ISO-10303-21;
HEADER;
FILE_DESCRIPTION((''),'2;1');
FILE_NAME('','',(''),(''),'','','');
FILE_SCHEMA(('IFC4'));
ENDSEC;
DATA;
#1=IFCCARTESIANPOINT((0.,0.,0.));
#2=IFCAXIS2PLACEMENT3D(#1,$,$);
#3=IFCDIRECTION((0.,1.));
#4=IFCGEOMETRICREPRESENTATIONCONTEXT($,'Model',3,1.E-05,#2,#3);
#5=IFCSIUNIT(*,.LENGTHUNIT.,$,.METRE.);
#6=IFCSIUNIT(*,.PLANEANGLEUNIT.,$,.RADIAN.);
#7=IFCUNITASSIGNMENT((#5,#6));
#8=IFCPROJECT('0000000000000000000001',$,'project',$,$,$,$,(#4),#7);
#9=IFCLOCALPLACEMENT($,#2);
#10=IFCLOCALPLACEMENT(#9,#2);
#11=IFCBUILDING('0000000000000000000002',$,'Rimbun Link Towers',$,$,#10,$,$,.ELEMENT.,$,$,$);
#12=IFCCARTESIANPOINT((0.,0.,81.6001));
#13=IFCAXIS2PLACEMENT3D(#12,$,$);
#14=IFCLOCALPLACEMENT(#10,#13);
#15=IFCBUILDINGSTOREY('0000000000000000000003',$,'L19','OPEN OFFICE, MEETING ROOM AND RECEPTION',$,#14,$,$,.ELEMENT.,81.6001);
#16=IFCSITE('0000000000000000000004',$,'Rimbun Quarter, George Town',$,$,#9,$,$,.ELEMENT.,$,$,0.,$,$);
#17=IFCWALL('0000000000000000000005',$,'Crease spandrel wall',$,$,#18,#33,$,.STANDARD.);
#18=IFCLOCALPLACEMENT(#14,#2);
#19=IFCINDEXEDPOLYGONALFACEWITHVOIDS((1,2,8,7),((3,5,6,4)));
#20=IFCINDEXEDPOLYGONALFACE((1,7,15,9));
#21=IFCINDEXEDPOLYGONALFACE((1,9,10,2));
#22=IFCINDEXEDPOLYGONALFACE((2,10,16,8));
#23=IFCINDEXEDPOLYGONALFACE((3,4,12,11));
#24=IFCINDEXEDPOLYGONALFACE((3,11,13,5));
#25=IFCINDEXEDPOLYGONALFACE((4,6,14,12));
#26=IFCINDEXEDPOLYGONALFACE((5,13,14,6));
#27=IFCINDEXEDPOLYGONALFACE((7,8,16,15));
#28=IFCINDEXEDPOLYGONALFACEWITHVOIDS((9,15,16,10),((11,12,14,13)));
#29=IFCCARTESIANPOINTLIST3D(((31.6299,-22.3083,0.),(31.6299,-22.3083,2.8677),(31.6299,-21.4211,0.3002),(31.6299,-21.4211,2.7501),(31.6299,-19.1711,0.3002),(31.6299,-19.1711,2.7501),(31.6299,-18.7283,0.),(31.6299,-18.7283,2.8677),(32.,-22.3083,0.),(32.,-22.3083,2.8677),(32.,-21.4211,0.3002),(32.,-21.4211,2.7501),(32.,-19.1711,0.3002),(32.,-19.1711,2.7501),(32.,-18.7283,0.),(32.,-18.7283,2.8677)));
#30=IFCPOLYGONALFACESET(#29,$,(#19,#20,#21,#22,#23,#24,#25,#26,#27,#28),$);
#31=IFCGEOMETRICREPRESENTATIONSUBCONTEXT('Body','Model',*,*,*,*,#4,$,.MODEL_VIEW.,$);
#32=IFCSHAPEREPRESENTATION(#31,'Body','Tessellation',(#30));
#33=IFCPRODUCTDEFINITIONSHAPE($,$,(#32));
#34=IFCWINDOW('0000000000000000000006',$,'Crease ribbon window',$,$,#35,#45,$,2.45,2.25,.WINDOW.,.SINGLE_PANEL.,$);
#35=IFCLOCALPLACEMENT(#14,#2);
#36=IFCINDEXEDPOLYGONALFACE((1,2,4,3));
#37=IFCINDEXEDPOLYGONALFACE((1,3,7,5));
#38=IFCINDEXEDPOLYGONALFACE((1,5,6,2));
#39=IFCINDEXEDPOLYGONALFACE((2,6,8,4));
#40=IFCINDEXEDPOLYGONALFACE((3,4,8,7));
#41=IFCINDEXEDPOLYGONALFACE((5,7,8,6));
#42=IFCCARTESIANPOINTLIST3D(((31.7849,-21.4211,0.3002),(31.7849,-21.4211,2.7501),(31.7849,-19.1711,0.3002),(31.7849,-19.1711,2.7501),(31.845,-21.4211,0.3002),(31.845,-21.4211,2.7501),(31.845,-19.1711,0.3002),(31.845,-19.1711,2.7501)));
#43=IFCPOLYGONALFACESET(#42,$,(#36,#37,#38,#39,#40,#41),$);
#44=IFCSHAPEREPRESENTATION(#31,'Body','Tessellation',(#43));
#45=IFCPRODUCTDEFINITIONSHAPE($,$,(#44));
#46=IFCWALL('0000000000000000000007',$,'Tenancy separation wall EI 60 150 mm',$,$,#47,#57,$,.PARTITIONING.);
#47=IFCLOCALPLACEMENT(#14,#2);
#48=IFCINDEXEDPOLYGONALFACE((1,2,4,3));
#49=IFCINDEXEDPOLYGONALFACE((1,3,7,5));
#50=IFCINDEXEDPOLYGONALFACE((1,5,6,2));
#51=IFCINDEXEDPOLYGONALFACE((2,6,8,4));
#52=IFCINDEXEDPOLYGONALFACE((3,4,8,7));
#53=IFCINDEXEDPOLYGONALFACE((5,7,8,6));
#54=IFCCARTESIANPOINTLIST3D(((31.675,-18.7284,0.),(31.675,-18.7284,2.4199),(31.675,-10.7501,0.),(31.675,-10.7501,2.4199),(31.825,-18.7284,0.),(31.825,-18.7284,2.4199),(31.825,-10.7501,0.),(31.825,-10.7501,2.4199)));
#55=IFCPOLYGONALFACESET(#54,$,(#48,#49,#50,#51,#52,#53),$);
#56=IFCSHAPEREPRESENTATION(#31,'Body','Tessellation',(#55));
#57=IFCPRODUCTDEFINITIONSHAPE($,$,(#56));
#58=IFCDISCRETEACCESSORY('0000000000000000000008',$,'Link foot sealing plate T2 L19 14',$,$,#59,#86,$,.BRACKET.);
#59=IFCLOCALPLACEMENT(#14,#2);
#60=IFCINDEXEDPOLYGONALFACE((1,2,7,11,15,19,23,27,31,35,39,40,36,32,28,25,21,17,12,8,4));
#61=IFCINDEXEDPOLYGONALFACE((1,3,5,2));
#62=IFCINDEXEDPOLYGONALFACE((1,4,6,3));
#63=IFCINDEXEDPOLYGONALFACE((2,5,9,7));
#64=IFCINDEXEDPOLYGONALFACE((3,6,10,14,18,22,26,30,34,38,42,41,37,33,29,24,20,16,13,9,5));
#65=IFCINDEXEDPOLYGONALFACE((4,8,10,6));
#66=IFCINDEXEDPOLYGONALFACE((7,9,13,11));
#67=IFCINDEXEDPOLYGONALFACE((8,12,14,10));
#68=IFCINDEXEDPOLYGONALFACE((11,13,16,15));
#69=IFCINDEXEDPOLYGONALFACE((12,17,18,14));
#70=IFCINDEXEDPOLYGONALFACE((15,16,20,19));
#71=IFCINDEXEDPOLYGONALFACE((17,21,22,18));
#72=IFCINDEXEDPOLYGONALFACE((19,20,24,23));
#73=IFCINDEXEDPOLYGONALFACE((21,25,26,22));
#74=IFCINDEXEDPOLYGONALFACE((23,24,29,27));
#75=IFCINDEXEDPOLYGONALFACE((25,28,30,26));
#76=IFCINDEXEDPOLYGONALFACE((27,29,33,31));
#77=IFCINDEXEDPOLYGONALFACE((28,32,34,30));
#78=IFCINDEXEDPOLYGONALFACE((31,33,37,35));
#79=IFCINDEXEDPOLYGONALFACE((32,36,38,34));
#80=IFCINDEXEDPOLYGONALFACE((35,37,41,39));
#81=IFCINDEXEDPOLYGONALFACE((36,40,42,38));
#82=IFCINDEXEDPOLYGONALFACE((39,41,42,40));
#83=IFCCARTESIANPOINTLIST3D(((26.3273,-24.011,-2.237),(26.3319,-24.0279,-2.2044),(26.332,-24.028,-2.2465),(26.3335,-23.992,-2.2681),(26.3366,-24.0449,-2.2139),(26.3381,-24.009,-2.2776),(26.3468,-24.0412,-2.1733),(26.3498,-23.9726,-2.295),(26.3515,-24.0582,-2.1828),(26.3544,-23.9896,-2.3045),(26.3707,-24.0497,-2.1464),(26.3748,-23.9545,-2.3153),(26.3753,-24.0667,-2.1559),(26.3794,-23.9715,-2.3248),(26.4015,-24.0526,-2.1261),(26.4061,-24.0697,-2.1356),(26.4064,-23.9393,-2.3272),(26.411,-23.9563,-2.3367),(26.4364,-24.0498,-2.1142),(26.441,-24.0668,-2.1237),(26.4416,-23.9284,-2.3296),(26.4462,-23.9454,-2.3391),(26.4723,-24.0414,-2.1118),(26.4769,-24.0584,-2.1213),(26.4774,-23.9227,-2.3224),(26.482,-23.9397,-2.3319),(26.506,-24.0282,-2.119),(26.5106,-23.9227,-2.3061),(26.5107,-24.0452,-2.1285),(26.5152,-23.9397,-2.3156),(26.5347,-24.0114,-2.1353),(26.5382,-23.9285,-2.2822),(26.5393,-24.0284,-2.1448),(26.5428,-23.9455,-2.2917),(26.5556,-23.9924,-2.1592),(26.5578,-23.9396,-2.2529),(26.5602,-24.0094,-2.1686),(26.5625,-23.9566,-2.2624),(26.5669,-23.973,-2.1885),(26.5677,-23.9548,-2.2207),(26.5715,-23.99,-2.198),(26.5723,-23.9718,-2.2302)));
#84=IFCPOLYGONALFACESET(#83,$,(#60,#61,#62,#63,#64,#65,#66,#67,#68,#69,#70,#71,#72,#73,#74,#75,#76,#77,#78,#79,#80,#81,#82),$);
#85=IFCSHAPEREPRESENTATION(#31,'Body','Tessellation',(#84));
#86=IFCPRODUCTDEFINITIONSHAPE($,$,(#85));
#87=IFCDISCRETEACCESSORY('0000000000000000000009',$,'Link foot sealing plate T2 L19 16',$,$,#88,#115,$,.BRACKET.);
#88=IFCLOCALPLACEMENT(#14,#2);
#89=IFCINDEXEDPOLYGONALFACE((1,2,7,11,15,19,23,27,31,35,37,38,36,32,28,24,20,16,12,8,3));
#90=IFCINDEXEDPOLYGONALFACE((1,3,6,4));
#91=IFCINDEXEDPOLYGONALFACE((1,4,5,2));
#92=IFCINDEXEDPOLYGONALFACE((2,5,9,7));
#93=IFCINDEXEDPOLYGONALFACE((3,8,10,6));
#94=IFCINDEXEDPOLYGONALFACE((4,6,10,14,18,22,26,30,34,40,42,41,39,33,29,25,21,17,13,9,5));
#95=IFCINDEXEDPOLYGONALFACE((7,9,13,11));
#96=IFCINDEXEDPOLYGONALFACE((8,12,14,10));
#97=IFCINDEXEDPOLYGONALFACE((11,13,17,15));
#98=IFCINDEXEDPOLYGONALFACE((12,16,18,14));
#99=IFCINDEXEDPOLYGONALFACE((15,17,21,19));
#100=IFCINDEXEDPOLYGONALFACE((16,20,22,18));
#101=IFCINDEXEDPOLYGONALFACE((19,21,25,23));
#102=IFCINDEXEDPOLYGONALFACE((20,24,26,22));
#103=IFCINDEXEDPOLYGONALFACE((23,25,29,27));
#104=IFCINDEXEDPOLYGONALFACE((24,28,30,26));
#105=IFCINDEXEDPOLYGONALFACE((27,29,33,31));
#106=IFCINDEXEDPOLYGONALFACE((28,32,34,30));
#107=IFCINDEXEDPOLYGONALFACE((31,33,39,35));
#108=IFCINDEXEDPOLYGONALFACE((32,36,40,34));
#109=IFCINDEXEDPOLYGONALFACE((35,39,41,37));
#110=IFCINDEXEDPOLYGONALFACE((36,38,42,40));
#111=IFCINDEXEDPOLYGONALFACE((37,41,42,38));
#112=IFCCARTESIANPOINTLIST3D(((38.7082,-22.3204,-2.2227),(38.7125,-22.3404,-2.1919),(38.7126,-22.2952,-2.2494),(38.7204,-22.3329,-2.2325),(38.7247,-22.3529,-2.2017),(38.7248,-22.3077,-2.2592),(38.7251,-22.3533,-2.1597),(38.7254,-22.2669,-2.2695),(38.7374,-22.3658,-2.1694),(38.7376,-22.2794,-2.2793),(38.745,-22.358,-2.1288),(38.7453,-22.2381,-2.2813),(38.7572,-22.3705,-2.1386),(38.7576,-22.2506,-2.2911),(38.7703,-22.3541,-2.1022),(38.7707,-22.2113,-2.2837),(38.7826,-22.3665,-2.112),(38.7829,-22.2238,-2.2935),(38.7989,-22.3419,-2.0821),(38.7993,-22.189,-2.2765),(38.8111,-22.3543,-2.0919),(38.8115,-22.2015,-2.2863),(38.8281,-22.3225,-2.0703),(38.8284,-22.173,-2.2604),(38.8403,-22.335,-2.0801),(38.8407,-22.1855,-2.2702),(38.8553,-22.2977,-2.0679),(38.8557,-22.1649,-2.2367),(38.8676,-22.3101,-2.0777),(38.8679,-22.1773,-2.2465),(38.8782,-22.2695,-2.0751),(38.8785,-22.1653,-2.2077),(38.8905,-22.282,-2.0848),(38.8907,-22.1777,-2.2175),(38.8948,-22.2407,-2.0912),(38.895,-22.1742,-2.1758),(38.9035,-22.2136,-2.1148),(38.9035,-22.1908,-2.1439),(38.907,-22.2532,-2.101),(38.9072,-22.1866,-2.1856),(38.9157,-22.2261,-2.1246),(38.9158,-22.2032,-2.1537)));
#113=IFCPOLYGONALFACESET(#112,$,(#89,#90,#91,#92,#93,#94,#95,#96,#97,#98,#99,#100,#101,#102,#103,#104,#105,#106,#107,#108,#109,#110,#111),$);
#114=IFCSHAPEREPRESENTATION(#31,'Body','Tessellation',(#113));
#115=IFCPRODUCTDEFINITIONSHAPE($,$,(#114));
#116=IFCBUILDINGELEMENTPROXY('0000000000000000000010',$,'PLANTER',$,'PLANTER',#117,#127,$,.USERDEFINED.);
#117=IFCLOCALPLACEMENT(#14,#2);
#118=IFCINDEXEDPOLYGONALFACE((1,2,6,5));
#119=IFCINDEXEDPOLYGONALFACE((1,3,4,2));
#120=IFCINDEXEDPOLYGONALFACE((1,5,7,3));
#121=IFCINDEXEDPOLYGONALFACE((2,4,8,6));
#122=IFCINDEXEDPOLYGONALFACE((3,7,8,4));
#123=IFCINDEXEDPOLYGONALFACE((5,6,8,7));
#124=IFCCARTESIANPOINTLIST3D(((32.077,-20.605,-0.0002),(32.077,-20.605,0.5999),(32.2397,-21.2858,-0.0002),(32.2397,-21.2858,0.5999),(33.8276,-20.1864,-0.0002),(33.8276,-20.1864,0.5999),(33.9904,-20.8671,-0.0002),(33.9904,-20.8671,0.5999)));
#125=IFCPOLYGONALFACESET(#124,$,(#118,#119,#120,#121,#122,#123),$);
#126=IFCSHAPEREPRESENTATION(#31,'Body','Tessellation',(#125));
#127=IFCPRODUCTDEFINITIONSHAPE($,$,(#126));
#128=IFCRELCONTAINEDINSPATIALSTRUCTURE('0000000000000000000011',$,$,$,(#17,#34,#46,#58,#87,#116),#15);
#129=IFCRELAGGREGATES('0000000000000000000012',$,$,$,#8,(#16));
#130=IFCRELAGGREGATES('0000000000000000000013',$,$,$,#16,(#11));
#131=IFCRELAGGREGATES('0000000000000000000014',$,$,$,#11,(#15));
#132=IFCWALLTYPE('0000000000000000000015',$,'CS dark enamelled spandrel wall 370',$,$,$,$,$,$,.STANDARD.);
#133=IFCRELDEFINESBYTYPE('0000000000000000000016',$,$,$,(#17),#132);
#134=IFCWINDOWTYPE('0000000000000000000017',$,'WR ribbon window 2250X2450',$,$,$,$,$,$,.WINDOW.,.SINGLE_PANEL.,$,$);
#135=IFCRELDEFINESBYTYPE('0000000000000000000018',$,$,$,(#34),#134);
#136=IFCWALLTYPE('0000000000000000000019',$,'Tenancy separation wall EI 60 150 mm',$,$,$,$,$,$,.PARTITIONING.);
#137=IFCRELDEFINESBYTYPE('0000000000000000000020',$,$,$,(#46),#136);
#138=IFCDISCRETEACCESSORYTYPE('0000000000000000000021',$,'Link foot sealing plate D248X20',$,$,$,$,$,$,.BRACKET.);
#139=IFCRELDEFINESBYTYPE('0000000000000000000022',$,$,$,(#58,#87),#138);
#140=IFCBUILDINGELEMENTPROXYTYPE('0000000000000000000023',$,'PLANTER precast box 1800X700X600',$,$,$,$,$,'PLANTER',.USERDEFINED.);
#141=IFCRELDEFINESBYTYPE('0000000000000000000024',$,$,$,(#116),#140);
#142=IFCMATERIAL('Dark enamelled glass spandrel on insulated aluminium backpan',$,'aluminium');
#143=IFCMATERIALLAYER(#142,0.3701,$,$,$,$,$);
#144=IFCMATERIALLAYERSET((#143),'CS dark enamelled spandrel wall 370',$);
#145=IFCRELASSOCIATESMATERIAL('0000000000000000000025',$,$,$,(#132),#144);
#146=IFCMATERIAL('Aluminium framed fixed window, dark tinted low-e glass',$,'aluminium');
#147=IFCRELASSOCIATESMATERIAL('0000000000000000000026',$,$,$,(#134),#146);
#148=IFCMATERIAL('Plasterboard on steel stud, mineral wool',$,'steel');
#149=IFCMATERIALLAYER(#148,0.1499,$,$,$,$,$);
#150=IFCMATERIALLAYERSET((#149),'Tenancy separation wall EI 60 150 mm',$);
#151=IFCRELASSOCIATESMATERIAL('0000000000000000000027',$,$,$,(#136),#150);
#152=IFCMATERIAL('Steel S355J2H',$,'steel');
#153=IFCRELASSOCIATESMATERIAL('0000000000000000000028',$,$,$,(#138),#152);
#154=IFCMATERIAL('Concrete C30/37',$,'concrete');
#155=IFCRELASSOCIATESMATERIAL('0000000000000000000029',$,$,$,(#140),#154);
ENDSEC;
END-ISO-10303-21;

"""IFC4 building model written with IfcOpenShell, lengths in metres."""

from ifc_helpers import new_model, si_unit, direction, frame, frame_2d, origin, origin_2d, place, context, subcontext, project, spatial, rectangle, circle, extrude, material, layer, layer_set, material_profile, profile_set, type_object, element, fill, save


model = new_model("IFC4")

# Units and contexts
model_context = context("Model", 3, precision=1e-05, world=origin(), true_north=direction((0.0, 1.0)))
body_context = subcontext(model_context, "Body", "Model", "MODEL_VIEW")
ifc_project = project(units=[si_unit("LENGTHUNIT", "METRE"), si_unit("PLANEANGLEUNIT", "RADIAN")], contexts=[model_context])

# Site, building, storey
site_placement = place(None, origin())
site = spatial("IfcSite", under=ifc_project, at=site_placement, Name="Rimbun Quarter, George Town", CompositionType="ELEMENT", RefElevation=0.0)
building_placement = place(site_placement, origin())
building = spatial("IfcBuilding", under=site, at=building_placement, Name="Rimbun Link Towers", CompositionType="ELEMENT")
storey_placement = place(building_placement, frame((0.0, 0.0, 81.6001)))
storey = spatial("IfcBuildingStorey", under=building, at=storey_placement, Name="L19", Description="OPEN OFFICE, MEETING ROOM AND RECEPTION", CompositionType="ELEMENT", Elevation=81.6001)

# Wall, opening, window
ifc_material_1 = material(Name="Dark enamelled glass spandrel on insulated aluminium backpan", Category="aluminium")
ifc_layer_1 = layer(ifc_material_1, 0.3701)
ifc_layer_set_1 = layer_set([ifc_layer_1], Name="CS dark enamelled spandrel wall 370")
wall_type_1 = type_object("IfcWallType", Name="CS dark enamelled spandrel wall 370", PredefinedType="STANDARD", material=ifc_layer_set_1)
wall_1_placement = place(storey_placement, frame((31.8149, -18.7283, 0.0), z_axis=(0.0, 0.0, 1.0), x_axis=(0.0, -1.0, 0.0)))
wall_1 = element("IfcWall", 1, at=wall_1_placement, inside=storey, type_object=wall_type_1, Name="Crease spandrel wall", PredefinedType="STANDARD", context=body_context, shape_type="SweptSolid", body=[
    extrude(rectangle(XDim=3.5801, YDim=0.3701, at=frame_2d((1.79, 0.0))), origin(), (0.0, 0.0, 1.0), 2.8677),
])
opening_1_placement = place(wall_1_placement, frame((0.4429, 0.0, 0.3)))
opening_1 = element("IfcOpeningElement", 2, at=opening_1_placement, cuts=wall_1, PredefinedType="OPENING", context=body_context, shape_type="SweptSolid", body=[
    extrude(rectangle(XDim=2.25, YDim=2.45, at=frame_2d((1.125, 1.2251))), frame((0.0, 0.1951, 0.0), z_axis=(0.0, -1.0, 0.0), x_axis=(1.0, 0.0, 0.0)), (0.0, 0.0, 1.0), 0.3901),
])
ifc_material_2 = material(Name="Aluminium framed fixed window, dark tinted low-e glass", Category="aluminium")
window_type = type_object("IfcWindowType", Name="WR ribbon window 2250X2450", PartitioningType="SINGLE_PANEL", PredefinedType="WINDOW", material=ifc_material_2)
window_placement = place(opening_1_placement, origin())
window = element("IfcWindow", 3, at=window_placement, inside=storey, type_object=window_type, Name="Crease ribbon window", OverallHeight=2.45, OverallWidth=2.25, PartitioningType="SINGLE_PANEL", PredefinedType="WINDOW", context=body_context, shape_type="SweptSolid", body=[
    extrude(rectangle(XDim=2.25, YDim=2.45, at=frame_2d((1.125, 1.2251))), frame((0.0, 0.03, 0.0), z_axis=(0.0, -1.0, 0.0), x_axis=(1.0, 0.0, 0.0)), (0.0, 0.0, 1.0), 0.0601),
])
fill(opening_1, window)

# Wall
ifc_material_3 = material(Name="Plasterboard on steel stud, mineral wool", Category="steel")
ifc_layer_2 = layer(ifc_material_3, 0.1499)
ifc_layer_set_2 = layer_set([ifc_layer_2], Name="Tenancy separation wall EI 60 150 mm")
wall_type_2 = type_object("IfcWallType", Name="Tenancy separation wall EI 60 150 mm", PredefinedType="PARTITIONING", material=ifc_layer_set_2)
wall_2_placement = place(storey_placement, frame((31.75, -10.75, 0.0), z_axis=(0.0, 0.0, 1.0), x_axis=(0.0, -1.0, 0.0)))
element("IfcWall", 4, at=wall_2_placement, inside=storey, type_object=wall_type_2, Name="Tenancy separation wall EI 60 150 mm", PredefinedType="PARTITIONING", context=body_context, shape_type="SweptSolid", body=[
    extrude(rectangle(XDim=7.9783, YDim=0.1499, at=frame_2d((3.9893, 0.0))), origin(), (0.0, 0.0, 1.0), 2.4199),
])

# Discrete accessories
ifc_material_4 = material(Name="Steel S355J2H", Category="steel")
ifc_material_profile_1 = material_profile(ifc_material_4, circle(Radius=0.124, at=origin_2d()), Name="PL D248")
ifc_profile_set_1 = profile_set([ifc_material_profile_1], Name="Steel S355J2H")
discrete_accessory_type = type_object("IfcDiscreteAccessoryType", Name="Link foot sealing plate D248X20", PredefinedType="BRACKET", material=ifc_profile_set_1)
for number, where, z_axis, x_axis, name in (
    (5, (26.448, -23.9873, -2.2207), (0.230714, -0.85, -0.473572), (0.965081, 0.261951, 0.0), "Link foot sealing plate T2 L19 14"),
    (6, (38.8064, -22.261, -2.1758), (0.610802, -0.623018, -0.488641), (0.714073, 0.700071, 0.0), "Link foot sealing plate T2 L19 16"),
):
    element("IfcDiscreteAccessory", number, at=place(storey_placement, frame(where, z_axis=z_axis, x_axis=x_axis)), inside=storey, type_object=discrete_accessory_type, Name=name, PredefinedType="BRACKET", context=body_context, shape_type="SweptSolid", body=[
        extrude(circle(Radius=0.124, at=origin_2d()), origin(), (0.0, 0.0, 1.0), 0.02),
    ])

# Building element proxy
ifc_material_5 = material(Name="Concrete C30/37", Category="concrete")
building_element_proxy_type = type_object("IfcBuildingElementProxyType", Name="PLANTER precast box 1800X700X600", ElementType="PLANTER", PredefinedType="USERDEFINED", material=ifc_material_5)
proxy_placement = place(storey_placement, frame((33.0337, -20.7361, -0.0002), z_axis=(0.0, 0.0, 1.0), x_axis=(0.972576, 0.232584, 0.0)))
element("IfcBuildingElementProxy", 7, at=proxy_placement, inside=storey, type_object=building_element_proxy_type, Name="PLANTER", ObjectType="PLANTER", PredefinedType="USERDEFINED", context=body_context, shape_type="SweptSolid", body=[
    extrude(rectangle(XDim=1.8, YDim=0.7, at=origin_2d()), origin(), (0.0, 0.0, 1.0), 0.6001),
])

save(model, "model.ifc")
